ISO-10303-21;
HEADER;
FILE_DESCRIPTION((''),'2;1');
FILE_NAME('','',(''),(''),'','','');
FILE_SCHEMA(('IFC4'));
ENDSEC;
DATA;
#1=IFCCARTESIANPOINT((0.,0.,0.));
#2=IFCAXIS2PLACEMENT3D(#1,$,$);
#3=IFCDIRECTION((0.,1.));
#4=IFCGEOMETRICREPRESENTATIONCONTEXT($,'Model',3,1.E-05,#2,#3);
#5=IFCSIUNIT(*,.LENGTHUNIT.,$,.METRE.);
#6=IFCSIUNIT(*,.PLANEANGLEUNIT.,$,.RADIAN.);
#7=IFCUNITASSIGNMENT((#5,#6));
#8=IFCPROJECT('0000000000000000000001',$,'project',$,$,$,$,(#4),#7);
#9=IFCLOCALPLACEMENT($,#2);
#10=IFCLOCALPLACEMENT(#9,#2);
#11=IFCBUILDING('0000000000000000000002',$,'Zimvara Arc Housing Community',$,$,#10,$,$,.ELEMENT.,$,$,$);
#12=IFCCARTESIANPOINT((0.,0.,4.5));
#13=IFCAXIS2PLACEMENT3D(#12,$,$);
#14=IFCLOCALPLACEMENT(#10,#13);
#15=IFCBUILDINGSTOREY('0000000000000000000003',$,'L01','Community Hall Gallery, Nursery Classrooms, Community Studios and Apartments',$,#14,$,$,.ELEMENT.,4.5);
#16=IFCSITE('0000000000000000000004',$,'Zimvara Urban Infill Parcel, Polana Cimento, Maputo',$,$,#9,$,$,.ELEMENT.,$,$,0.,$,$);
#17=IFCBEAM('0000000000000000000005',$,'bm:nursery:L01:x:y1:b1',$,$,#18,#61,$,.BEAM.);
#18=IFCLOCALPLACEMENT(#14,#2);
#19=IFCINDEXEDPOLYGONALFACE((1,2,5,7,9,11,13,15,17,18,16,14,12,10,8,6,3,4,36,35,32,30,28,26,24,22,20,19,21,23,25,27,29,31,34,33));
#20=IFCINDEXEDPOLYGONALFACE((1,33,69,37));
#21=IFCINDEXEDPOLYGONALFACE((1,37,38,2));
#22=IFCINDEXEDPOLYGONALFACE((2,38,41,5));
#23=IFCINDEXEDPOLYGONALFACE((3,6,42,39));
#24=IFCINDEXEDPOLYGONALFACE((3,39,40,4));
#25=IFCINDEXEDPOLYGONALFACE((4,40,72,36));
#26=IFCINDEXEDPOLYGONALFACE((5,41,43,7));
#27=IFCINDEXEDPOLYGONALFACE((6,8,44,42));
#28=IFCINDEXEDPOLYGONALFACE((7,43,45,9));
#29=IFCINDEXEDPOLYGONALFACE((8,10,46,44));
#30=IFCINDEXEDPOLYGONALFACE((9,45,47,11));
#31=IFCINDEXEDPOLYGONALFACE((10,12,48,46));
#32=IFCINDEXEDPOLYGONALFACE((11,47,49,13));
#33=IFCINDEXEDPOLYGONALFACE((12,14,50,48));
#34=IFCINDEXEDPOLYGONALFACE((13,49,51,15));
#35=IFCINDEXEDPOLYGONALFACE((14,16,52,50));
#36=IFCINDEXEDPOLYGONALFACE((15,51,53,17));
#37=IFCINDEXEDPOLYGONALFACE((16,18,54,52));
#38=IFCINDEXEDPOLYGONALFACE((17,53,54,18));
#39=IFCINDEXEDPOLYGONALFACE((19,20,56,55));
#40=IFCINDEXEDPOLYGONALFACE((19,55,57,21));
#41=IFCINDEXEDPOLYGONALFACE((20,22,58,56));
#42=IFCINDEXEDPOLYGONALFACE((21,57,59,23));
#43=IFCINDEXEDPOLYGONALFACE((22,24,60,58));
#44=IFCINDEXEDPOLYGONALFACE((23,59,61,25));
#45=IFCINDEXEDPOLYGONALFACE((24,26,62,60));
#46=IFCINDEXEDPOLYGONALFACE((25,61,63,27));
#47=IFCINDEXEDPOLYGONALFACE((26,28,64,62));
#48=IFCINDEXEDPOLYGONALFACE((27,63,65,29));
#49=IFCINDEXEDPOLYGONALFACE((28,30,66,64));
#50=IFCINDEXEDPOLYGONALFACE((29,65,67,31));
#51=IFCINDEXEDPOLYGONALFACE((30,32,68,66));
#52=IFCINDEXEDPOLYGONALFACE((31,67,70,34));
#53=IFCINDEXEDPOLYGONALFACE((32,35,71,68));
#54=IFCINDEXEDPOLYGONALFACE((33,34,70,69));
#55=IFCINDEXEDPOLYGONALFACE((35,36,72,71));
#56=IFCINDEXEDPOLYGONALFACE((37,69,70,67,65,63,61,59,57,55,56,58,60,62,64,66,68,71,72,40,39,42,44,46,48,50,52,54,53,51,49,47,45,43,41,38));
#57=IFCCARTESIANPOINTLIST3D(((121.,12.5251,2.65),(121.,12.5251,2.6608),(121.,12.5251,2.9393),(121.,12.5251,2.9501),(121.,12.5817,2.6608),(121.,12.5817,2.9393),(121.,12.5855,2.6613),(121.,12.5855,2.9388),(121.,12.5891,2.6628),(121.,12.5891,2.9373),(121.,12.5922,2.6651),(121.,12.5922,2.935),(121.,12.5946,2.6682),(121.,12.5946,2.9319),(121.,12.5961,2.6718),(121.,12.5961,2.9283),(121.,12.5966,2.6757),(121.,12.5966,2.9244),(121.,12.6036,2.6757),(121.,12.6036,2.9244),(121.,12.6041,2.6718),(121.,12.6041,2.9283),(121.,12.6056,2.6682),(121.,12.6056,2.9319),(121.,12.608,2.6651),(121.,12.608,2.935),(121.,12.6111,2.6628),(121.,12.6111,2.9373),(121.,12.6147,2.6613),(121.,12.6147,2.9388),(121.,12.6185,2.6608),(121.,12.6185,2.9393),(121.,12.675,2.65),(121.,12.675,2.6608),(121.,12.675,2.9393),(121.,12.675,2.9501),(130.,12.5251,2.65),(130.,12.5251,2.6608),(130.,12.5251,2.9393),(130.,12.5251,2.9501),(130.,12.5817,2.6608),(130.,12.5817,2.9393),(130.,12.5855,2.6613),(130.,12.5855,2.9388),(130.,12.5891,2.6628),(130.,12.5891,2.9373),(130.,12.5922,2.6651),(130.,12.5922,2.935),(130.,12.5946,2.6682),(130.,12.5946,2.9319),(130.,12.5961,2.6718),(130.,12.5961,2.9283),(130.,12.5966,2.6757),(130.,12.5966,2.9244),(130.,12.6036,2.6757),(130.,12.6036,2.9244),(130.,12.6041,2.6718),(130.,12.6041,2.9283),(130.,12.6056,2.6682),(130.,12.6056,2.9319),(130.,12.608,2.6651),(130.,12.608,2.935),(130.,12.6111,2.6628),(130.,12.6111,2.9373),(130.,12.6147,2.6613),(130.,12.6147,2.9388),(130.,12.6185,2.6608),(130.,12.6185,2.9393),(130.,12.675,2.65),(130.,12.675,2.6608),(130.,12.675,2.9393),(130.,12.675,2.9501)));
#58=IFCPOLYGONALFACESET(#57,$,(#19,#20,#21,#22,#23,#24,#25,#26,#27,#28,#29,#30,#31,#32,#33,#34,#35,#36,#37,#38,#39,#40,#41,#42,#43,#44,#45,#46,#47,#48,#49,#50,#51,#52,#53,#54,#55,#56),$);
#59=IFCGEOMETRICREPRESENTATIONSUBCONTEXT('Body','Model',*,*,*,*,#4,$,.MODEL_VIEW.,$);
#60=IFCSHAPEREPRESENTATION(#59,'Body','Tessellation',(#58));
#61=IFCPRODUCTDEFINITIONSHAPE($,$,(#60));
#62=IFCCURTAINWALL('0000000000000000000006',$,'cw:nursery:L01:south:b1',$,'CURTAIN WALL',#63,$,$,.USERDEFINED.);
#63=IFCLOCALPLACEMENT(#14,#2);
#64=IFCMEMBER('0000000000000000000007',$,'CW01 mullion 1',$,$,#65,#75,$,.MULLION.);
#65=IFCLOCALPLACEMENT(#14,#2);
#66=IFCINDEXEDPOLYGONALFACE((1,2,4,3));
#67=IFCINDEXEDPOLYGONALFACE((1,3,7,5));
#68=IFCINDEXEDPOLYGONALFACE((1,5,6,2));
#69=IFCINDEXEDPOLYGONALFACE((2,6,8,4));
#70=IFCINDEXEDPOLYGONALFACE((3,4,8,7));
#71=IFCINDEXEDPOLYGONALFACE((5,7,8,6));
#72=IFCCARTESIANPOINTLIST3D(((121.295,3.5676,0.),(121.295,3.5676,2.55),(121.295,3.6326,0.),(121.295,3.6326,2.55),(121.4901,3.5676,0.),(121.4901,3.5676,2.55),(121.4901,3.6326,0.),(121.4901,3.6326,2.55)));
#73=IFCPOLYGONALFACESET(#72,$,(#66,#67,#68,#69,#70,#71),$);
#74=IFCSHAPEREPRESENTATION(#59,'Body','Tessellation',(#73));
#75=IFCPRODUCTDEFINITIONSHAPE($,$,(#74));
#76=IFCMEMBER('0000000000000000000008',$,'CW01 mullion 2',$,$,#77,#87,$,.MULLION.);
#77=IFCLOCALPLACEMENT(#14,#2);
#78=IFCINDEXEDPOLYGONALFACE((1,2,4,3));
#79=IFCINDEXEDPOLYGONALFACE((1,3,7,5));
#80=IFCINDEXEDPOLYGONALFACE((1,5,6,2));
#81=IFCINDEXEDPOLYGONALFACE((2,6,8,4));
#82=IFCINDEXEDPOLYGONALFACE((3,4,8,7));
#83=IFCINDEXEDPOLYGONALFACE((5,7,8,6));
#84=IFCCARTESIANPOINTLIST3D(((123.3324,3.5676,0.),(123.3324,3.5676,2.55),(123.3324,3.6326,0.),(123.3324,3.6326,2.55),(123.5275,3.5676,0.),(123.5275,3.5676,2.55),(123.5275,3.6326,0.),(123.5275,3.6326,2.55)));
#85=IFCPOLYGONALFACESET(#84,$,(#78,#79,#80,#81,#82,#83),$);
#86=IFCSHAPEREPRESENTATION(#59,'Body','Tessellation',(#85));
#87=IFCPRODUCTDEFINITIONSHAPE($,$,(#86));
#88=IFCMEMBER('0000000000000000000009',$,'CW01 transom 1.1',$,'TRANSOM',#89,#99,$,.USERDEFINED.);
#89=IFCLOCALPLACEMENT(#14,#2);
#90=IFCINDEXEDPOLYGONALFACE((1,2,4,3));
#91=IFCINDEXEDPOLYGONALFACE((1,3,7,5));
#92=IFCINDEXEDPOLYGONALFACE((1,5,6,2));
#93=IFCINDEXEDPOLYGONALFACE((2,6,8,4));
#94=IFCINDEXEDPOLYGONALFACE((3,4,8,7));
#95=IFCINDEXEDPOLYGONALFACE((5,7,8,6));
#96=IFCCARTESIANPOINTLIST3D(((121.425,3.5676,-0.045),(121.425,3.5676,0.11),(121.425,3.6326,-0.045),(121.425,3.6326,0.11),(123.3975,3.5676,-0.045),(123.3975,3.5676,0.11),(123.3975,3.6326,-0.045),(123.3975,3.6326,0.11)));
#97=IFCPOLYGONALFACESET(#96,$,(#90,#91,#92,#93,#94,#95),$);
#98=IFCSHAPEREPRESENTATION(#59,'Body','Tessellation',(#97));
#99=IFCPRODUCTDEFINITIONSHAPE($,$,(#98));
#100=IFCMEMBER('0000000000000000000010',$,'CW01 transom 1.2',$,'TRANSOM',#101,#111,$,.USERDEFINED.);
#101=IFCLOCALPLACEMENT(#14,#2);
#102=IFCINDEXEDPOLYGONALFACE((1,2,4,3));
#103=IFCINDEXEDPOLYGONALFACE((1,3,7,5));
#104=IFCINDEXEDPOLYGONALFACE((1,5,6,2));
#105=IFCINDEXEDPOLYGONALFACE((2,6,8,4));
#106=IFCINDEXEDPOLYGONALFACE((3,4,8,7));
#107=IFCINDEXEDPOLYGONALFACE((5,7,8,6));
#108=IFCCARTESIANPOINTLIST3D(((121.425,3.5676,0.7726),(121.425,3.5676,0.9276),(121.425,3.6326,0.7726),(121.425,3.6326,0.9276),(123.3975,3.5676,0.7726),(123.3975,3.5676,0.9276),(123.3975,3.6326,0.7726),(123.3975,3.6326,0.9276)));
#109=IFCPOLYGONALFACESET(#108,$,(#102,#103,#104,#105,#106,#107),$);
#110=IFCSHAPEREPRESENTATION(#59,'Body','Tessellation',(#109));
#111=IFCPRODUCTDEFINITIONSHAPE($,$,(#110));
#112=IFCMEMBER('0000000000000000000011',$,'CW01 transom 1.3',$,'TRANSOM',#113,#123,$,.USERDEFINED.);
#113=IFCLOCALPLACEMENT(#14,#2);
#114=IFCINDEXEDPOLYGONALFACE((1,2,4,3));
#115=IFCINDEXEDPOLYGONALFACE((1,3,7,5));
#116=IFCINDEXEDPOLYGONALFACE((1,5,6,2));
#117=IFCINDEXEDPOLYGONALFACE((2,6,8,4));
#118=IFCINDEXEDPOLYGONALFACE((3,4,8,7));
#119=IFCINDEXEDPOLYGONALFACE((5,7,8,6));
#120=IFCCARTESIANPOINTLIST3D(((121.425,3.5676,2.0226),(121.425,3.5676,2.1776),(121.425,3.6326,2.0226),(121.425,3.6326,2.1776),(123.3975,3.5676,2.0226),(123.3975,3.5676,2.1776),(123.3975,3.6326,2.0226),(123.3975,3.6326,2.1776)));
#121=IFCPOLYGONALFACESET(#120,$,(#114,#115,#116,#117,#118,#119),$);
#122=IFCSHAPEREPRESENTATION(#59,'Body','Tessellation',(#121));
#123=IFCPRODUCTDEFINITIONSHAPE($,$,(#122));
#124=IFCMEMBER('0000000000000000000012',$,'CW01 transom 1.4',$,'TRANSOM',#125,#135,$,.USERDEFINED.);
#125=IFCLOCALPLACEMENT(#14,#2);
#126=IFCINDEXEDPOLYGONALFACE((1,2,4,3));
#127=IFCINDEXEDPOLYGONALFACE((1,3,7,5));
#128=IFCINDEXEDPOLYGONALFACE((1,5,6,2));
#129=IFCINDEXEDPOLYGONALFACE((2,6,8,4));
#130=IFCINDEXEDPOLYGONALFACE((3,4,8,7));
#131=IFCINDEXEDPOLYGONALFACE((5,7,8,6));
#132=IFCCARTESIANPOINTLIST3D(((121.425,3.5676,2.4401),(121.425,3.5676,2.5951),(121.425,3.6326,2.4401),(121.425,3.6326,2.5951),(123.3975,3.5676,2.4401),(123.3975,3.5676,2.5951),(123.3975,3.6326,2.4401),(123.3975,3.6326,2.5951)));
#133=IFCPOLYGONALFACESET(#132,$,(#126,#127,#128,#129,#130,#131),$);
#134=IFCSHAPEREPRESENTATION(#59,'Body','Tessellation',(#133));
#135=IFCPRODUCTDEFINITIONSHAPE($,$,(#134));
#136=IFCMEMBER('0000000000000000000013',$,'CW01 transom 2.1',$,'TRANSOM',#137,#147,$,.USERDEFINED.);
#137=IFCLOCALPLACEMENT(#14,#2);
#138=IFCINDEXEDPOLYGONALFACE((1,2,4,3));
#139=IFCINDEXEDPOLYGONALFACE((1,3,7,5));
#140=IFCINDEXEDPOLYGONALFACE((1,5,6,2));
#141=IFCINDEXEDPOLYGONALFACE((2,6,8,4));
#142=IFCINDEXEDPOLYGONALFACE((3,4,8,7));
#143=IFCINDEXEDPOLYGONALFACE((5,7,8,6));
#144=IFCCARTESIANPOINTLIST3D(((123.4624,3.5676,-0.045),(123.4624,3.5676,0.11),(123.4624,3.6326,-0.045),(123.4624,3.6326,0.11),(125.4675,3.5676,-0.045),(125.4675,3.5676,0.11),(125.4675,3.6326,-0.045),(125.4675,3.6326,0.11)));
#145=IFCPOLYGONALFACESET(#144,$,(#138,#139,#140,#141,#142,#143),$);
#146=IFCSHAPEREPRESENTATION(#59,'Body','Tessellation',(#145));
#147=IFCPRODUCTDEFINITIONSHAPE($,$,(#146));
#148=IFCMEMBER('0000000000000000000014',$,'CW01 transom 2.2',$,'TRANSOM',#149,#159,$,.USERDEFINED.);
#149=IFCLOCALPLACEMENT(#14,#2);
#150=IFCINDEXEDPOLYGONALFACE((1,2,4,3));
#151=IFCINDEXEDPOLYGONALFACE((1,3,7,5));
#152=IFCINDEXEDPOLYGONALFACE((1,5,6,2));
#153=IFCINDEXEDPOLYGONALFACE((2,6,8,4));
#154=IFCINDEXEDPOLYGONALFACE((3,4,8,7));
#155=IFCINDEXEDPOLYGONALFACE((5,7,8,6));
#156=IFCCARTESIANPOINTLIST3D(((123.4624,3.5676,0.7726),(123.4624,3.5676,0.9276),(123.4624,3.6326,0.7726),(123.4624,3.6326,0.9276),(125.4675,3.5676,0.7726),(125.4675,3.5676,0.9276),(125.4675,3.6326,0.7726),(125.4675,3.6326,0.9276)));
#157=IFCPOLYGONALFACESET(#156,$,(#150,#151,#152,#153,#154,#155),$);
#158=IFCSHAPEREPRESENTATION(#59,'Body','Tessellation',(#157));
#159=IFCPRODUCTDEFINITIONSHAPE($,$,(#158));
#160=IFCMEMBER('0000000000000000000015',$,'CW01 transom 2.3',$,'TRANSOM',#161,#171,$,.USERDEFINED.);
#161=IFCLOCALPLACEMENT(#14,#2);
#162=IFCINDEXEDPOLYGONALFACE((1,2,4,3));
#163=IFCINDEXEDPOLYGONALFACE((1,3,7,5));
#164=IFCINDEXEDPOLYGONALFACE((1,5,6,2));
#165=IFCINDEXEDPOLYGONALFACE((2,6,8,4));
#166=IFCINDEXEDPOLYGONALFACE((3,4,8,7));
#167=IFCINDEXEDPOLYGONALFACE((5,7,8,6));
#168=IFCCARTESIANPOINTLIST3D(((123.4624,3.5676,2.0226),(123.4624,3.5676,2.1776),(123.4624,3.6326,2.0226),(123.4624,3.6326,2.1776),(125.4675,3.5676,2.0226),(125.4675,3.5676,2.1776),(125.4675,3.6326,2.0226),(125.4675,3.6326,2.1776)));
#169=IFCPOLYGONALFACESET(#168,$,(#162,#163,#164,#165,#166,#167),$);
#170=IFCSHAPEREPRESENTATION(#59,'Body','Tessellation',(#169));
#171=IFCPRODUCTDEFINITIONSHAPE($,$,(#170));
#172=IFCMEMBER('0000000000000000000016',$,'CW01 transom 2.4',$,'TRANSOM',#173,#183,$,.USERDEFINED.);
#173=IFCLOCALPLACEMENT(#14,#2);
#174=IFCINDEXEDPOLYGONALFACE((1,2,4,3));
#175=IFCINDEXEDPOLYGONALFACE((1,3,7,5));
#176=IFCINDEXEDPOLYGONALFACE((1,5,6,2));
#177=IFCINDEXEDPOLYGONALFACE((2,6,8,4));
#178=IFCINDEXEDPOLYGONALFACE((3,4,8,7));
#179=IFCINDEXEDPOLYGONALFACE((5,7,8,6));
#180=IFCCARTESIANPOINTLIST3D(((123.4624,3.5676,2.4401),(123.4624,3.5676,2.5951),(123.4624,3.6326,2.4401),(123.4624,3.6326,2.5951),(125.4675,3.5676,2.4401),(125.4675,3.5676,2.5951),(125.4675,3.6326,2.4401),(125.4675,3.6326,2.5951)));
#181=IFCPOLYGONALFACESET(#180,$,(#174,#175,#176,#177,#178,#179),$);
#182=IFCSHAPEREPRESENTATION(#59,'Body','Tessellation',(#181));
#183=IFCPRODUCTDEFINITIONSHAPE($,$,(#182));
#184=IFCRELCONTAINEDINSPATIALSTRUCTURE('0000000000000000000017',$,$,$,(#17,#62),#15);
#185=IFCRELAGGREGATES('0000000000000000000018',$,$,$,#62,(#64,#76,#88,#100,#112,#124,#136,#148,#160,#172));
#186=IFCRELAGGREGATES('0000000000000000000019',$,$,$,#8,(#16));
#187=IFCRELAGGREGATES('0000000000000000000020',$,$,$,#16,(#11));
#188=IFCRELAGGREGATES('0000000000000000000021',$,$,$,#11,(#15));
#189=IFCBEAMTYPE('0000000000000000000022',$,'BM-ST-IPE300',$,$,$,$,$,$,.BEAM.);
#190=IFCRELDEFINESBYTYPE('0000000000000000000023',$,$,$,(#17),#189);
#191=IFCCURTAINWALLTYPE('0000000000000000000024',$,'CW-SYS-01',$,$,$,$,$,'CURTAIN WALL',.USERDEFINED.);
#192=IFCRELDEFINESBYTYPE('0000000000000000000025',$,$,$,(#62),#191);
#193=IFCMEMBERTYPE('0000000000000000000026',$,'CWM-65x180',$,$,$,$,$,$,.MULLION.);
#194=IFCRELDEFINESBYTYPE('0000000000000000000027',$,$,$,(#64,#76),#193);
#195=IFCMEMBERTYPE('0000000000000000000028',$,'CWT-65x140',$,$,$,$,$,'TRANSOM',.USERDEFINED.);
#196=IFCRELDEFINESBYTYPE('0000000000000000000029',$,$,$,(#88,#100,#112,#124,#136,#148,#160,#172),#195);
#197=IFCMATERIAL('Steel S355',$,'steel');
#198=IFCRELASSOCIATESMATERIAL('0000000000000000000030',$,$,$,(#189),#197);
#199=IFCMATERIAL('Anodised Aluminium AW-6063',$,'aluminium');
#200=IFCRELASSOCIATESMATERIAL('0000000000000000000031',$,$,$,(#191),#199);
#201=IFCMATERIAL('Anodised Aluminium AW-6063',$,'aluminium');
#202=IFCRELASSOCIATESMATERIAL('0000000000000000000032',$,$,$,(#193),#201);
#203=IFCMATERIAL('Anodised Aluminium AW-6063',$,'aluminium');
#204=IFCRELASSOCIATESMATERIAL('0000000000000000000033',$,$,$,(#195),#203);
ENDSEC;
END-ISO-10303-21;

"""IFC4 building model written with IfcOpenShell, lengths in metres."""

from ifc_helpers import new_model, si_unit, direction, frame, origin, origin_2d, place, context, subcontext, project, spatial, rectangle, i_section, extrude, material, material_profile, profile_set, type_object, element, aggregate, save


model = new_model("IFC4")

# Units and contexts
model_context = context("Model", 3, precision=1e-05, world=origin(), true_north=direction((0.0, 1.0)))
body_context = subcontext(model_context, "Body", "Model", "MODEL_VIEW")
ifc_project = project(units=[si_unit("LENGTHUNIT", "METRE"), si_unit("PLANEANGLEUNIT", "RADIAN")], contexts=[model_context])

# Site, building, storey
site_placement = place(None, origin())
site = spatial("IfcSite", under=ifc_project, at=site_placement, Name="Zimvara Urban Infill Parcel, Polana Cimento, Maputo", CompositionType="ELEMENT", RefElevation=0.0)
building_placement = place(site_placement, origin())
building = spatial("IfcBuilding", under=site, at=building_placement, Name="Zimvara Arc Housing Community", CompositionType="ELEMENT")
storey_placement = place(building_placement, frame((0.0, 0.0, 4.5)))
storey = spatial("IfcBuildingStorey", under=building, at=storey_placement, Name="L01", Description="Community Hall Gallery, Nursery Classrooms, Community Studios and Apartments", CompositionType="ELEMENT", Elevation=4.5)

# Beam
ifc_material_1 = material(Name="Steel S355", Category="steel")
ifc_material_profile_1 = material_profile(ifc_material_1, i_section(OverallWidth=0.1499, OverallDepth=0.3, WebThickness=0.0071, FlangeThickness=0.0107, FilletRadius=0.0149, at=origin_2d()), Name="IPE 300")
ifc_profile_set_1 = profile_set([ifc_material_profile_1], Name="Steel S355")
beam_type_1 = type_object("IfcBeamType", Name="BM-ST-IPE300", PredefinedType="BEAM", material=ifc_profile_set_1)
for number, where, z_axis, x_axis, name in (
    (1, (121.0, 12.6001, 2.8), (1.0, 0.0, 0.0), (0.0, 1.0, 0.0), "bm:nursery:L01:x:y1:b1"),
):
    element("IfcBeam", number, at=place(storey_placement, frame(where, z_axis=z_axis, x_axis=x_axis)), inside=storey, type_object=beam_type_1, Name=name, PredefinedType="BEAM", context=body_context, shape_type="SweptSolid", body=[
        extrude(i_section(OverallWidth=0.1499, OverallDepth=0.3, WebThickness=0.0071, FlangeThickness=0.0107, FilletRadius=0.0149, at=origin_2d()), origin(), (0.0, 0.0, 1.0), 9.0),
    ])

# Curtain wall, members
ifc_material_2 = material(Name="Anodised Aluminium AW-6063", Category="aluminium")
curtain_wall_type = type_object("IfcCurtainWallType", Name="CW-SYS-01", ElementType="CURTAIN WALL", PredefinedType="USERDEFINED", material=ifc_material_2)
curtain_wall_placement = place(storey_placement, origin())
curtain_wall = element("IfcCurtainWall", 2, at=curtain_wall_placement, inside=storey, type_object=curtain_wall_type, Name="cw:nursery:L01:south:b1", ObjectType="CURTAIN WALL", PredefinedType="USERDEFINED")
ifc_material_3 = material(Name="Anodised Aluminium AW-6063", Category="aluminium")
ifc_material_profile_2 = material_profile(ifc_material_3, rectangle(XDim=0.0649, YDim=0.1951, at=origin_2d()), Name="ALU 65x195")
ifc_profile_set_2 = profile_set([ifc_material_profile_2], Name="Anodised Aluminium AW-6063")
member_type_1 = type_object("IfcMemberType", Name="CWM-65x180", PredefinedType="MULLION", material=ifc_profile_set_2)
member_1_placement = place(storey_placement, frame((121.3926, 3.6001, 0.0), z_axis=(0.0, 0.0, 1.0), x_axis=(0.0, 1.0, 0.0)))
member_1 = element("IfcMember", 3, at=member_1_placement, type_object=member_type_1, Name="CW01 mullion 1", PredefinedType="MULLION", context=body_context, shape_type="SweptSolid", body=[
    extrude(rectangle(XDim=0.0649, YDim=0.1951, at=origin_2d()), origin(), (0.0, 0.0, 1.0), 2.55),
])
member_2_placement = place(storey_placement, frame((123.4299, 3.6001, 0.0), z_axis=(0.0, 0.0, 1.0), x_axis=(0.0, 1.0, 0.0)))
member_2 = element("IfcMember", 4, at=member_2_placement, type_object=member_type_1, Name="CW01 mullion 2", PredefinedType="MULLION", context=body_context, shape_type="SweptSolid", body=[
    extrude(rectangle(XDim=0.0649, YDim=0.1951, at=origin_2d()), origin(), (0.0, 0.0, 1.0), 2.55),
])
ifc_material_4 = material(Name="Anodised Aluminium AW-6063", Category="aluminium")
ifc_material_profile_3 = material_profile(ifc_material_4, rectangle(XDim=0.0649, YDim=0.155, at=origin_2d()), Name="ALU 65x155")
ifc_profile_set_3 = profile_set([ifc_material_profile_3], Name="Anodised Aluminium AW-6063")
member_type_2 = type_object("IfcMemberType", Name="CWT-65x140", ElementType="TRANSOM", PredefinedType="USERDEFINED", material=ifc_profile_set_3)
member_3_placement = place(storey_placement, frame((121.425, 3.6001, 0.0325), z_axis=(1.0, 0.0, 0.0), x_axis=(0.0, 1.0, 0.0)))
member_3 = element("IfcMember", 5, at=member_3_placement, type_object=member_type_2, Name="CW01 transom 1.1", ObjectType="TRANSOM", PredefinedType="USERDEFINED", context=body_context, shape_type="SweptSolid", body=[
    extrude(rectangle(XDim=0.0649, YDim=0.155, at=origin_2d()), origin(), (0.0, 0.0, 1.0), 1.9724),
])
member_4_placement = place(storey_placement, frame((121.425, 3.6001, 0.8501), z_axis=(1.0, 0.0, 0.0), x_axis=(0.0, 1.0, 0.0)))
member_4 = element("IfcMember", 6, at=member_4_placement, type_object=member_type_2, Name="CW01 transom 1.2", ObjectType="TRANSOM", PredefinedType="USERDEFINED", context=body_context, shape_type="SweptSolid", body=[
    extrude(rectangle(XDim=0.0649, YDim=0.155, at=origin_2d()), origin(), (0.0, 0.0, 1.0), 1.9724),
])
member_5_placement = place(storey_placement, frame((121.425, 3.6001, 2.1001), z_axis=(1.0, 0.0, 0.0), x_axis=(0.0, 1.0, 0.0)))
member_5 = element("IfcMember", 7, at=member_5_placement, type_object=member_type_2, Name="CW01 transom 1.3", ObjectType="TRANSOM", PredefinedType="USERDEFINED", context=body_context, shape_type="SweptSolid", body=[
    extrude(rectangle(XDim=0.0649, YDim=0.155, at=origin_2d()), origin(), (0.0, 0.0, 1.0), 1.9724),
])
member_6_placement = place(storey_placement, frame((121.425, 3.6001, 2.5176), z_axis=(1.0, 0.0, 0.0), x_axis=(0.0, 1.0, 0.0)))
member_6 = element("IfcMember", 8, at=member_6_placement, type_object=member_type_2, Name="CW01 transom 1.4", ObjectType="TRANSOM", PredefinedType="USERDEFINED", context=body_context, shape_type="SweptSolid", body=[
    extrude(rectangle(XDim=0.0649, YDim=0.155, at=origin_2d()), origin(), (0.0, 0.0, 1.0), 1.9724),
])
member_7_placement = place(storey_placement, frame((123.4624, 3.6001, 0.0325), z_axis=(1.0, 0.0, 0.0), x_axis=(0.0, 1.0, 0.0)))
member_7 = element("IfcMember", 9, at=member_7_placement, type_object=member_type_2, Name="CW01 transom 2.1", ObjectType="TRANSOM", PredefinedType="USERDEFINED", context=body_context, shape_type="SweptSolid", body=[
    extrude(rectangle(XDim=0.0649, YDim=0.155, at=origin_2d()), origin(), (0.0, 0.0, 1.0), 2.0051),
])
member_8_placement = place(storey_placement, frame((123.4624, 3.6001, 0.8501), z_axis=(1.0, 0.0, 0.0), x_axis=(0.0, 1.0, 0.0)))
member_8 = element("IfcMember", 10, at=member_8_placement, type_object=member_type_2, Name="CW01 transom 2.2", ObjectType="TRANSOM", PredefinedType="USERDEFINED", context=body_context, shape_type="SweptSolid", body=[
    extrude(rectangle(XDim=0.0649, YDim=0.155, at=origin_2d()), origin(), (0.0, 0.0, 1.0), 2.0051),
])
member_9_placement = place(storey_placement, frame((123.4624, 3.6001, 2.1001), z_axis=(1.0, 0.0, 0.0), x_axis=(0.0, 1.0, 0.0)))
member_9 = element("IfcMember", 11, at=member_9_placement, type_object=member_type_2, Name="CW01 transom 2.3", ObjectType="TRANSOM", PredefinedType="USERDEFINED", context=body_context, shape_type="SweptSolid", body=[
    extrude(rectangle(XDim=0.0649, YDim=0.155, at=origin_2d()), origin(), (0.0, 0.0, 1.0), 2.0051),
])
member_10_placement = place(storey_placement, frame((123.4624, 3.6001, 2.5176), z_axis=(1.0, 0.0, 0.0), x_axis=(0.0, 1.0, 0.0)))
member_10 = element("IfcMember", 12, at=member_10_placement, type_object=member_type_2, Name="CW01 transom 2.4", ObjectType="TRANSOM", PredefinedType="USERDEFINED", context=body_context, shape_type="SweptSolid", body=[
    extrude(rectangle(XDim=0.0649, YDim=0.155, at=origin_2d()), origin(), (0.0, 0.0, 1.0), 2.0051),
])

aggregate(curtain_wall, [member_1, member_2, member_3, member_4, member_5, member_6, member_7, member_8, member_9, member_10])

save(model, "model.ifc")
